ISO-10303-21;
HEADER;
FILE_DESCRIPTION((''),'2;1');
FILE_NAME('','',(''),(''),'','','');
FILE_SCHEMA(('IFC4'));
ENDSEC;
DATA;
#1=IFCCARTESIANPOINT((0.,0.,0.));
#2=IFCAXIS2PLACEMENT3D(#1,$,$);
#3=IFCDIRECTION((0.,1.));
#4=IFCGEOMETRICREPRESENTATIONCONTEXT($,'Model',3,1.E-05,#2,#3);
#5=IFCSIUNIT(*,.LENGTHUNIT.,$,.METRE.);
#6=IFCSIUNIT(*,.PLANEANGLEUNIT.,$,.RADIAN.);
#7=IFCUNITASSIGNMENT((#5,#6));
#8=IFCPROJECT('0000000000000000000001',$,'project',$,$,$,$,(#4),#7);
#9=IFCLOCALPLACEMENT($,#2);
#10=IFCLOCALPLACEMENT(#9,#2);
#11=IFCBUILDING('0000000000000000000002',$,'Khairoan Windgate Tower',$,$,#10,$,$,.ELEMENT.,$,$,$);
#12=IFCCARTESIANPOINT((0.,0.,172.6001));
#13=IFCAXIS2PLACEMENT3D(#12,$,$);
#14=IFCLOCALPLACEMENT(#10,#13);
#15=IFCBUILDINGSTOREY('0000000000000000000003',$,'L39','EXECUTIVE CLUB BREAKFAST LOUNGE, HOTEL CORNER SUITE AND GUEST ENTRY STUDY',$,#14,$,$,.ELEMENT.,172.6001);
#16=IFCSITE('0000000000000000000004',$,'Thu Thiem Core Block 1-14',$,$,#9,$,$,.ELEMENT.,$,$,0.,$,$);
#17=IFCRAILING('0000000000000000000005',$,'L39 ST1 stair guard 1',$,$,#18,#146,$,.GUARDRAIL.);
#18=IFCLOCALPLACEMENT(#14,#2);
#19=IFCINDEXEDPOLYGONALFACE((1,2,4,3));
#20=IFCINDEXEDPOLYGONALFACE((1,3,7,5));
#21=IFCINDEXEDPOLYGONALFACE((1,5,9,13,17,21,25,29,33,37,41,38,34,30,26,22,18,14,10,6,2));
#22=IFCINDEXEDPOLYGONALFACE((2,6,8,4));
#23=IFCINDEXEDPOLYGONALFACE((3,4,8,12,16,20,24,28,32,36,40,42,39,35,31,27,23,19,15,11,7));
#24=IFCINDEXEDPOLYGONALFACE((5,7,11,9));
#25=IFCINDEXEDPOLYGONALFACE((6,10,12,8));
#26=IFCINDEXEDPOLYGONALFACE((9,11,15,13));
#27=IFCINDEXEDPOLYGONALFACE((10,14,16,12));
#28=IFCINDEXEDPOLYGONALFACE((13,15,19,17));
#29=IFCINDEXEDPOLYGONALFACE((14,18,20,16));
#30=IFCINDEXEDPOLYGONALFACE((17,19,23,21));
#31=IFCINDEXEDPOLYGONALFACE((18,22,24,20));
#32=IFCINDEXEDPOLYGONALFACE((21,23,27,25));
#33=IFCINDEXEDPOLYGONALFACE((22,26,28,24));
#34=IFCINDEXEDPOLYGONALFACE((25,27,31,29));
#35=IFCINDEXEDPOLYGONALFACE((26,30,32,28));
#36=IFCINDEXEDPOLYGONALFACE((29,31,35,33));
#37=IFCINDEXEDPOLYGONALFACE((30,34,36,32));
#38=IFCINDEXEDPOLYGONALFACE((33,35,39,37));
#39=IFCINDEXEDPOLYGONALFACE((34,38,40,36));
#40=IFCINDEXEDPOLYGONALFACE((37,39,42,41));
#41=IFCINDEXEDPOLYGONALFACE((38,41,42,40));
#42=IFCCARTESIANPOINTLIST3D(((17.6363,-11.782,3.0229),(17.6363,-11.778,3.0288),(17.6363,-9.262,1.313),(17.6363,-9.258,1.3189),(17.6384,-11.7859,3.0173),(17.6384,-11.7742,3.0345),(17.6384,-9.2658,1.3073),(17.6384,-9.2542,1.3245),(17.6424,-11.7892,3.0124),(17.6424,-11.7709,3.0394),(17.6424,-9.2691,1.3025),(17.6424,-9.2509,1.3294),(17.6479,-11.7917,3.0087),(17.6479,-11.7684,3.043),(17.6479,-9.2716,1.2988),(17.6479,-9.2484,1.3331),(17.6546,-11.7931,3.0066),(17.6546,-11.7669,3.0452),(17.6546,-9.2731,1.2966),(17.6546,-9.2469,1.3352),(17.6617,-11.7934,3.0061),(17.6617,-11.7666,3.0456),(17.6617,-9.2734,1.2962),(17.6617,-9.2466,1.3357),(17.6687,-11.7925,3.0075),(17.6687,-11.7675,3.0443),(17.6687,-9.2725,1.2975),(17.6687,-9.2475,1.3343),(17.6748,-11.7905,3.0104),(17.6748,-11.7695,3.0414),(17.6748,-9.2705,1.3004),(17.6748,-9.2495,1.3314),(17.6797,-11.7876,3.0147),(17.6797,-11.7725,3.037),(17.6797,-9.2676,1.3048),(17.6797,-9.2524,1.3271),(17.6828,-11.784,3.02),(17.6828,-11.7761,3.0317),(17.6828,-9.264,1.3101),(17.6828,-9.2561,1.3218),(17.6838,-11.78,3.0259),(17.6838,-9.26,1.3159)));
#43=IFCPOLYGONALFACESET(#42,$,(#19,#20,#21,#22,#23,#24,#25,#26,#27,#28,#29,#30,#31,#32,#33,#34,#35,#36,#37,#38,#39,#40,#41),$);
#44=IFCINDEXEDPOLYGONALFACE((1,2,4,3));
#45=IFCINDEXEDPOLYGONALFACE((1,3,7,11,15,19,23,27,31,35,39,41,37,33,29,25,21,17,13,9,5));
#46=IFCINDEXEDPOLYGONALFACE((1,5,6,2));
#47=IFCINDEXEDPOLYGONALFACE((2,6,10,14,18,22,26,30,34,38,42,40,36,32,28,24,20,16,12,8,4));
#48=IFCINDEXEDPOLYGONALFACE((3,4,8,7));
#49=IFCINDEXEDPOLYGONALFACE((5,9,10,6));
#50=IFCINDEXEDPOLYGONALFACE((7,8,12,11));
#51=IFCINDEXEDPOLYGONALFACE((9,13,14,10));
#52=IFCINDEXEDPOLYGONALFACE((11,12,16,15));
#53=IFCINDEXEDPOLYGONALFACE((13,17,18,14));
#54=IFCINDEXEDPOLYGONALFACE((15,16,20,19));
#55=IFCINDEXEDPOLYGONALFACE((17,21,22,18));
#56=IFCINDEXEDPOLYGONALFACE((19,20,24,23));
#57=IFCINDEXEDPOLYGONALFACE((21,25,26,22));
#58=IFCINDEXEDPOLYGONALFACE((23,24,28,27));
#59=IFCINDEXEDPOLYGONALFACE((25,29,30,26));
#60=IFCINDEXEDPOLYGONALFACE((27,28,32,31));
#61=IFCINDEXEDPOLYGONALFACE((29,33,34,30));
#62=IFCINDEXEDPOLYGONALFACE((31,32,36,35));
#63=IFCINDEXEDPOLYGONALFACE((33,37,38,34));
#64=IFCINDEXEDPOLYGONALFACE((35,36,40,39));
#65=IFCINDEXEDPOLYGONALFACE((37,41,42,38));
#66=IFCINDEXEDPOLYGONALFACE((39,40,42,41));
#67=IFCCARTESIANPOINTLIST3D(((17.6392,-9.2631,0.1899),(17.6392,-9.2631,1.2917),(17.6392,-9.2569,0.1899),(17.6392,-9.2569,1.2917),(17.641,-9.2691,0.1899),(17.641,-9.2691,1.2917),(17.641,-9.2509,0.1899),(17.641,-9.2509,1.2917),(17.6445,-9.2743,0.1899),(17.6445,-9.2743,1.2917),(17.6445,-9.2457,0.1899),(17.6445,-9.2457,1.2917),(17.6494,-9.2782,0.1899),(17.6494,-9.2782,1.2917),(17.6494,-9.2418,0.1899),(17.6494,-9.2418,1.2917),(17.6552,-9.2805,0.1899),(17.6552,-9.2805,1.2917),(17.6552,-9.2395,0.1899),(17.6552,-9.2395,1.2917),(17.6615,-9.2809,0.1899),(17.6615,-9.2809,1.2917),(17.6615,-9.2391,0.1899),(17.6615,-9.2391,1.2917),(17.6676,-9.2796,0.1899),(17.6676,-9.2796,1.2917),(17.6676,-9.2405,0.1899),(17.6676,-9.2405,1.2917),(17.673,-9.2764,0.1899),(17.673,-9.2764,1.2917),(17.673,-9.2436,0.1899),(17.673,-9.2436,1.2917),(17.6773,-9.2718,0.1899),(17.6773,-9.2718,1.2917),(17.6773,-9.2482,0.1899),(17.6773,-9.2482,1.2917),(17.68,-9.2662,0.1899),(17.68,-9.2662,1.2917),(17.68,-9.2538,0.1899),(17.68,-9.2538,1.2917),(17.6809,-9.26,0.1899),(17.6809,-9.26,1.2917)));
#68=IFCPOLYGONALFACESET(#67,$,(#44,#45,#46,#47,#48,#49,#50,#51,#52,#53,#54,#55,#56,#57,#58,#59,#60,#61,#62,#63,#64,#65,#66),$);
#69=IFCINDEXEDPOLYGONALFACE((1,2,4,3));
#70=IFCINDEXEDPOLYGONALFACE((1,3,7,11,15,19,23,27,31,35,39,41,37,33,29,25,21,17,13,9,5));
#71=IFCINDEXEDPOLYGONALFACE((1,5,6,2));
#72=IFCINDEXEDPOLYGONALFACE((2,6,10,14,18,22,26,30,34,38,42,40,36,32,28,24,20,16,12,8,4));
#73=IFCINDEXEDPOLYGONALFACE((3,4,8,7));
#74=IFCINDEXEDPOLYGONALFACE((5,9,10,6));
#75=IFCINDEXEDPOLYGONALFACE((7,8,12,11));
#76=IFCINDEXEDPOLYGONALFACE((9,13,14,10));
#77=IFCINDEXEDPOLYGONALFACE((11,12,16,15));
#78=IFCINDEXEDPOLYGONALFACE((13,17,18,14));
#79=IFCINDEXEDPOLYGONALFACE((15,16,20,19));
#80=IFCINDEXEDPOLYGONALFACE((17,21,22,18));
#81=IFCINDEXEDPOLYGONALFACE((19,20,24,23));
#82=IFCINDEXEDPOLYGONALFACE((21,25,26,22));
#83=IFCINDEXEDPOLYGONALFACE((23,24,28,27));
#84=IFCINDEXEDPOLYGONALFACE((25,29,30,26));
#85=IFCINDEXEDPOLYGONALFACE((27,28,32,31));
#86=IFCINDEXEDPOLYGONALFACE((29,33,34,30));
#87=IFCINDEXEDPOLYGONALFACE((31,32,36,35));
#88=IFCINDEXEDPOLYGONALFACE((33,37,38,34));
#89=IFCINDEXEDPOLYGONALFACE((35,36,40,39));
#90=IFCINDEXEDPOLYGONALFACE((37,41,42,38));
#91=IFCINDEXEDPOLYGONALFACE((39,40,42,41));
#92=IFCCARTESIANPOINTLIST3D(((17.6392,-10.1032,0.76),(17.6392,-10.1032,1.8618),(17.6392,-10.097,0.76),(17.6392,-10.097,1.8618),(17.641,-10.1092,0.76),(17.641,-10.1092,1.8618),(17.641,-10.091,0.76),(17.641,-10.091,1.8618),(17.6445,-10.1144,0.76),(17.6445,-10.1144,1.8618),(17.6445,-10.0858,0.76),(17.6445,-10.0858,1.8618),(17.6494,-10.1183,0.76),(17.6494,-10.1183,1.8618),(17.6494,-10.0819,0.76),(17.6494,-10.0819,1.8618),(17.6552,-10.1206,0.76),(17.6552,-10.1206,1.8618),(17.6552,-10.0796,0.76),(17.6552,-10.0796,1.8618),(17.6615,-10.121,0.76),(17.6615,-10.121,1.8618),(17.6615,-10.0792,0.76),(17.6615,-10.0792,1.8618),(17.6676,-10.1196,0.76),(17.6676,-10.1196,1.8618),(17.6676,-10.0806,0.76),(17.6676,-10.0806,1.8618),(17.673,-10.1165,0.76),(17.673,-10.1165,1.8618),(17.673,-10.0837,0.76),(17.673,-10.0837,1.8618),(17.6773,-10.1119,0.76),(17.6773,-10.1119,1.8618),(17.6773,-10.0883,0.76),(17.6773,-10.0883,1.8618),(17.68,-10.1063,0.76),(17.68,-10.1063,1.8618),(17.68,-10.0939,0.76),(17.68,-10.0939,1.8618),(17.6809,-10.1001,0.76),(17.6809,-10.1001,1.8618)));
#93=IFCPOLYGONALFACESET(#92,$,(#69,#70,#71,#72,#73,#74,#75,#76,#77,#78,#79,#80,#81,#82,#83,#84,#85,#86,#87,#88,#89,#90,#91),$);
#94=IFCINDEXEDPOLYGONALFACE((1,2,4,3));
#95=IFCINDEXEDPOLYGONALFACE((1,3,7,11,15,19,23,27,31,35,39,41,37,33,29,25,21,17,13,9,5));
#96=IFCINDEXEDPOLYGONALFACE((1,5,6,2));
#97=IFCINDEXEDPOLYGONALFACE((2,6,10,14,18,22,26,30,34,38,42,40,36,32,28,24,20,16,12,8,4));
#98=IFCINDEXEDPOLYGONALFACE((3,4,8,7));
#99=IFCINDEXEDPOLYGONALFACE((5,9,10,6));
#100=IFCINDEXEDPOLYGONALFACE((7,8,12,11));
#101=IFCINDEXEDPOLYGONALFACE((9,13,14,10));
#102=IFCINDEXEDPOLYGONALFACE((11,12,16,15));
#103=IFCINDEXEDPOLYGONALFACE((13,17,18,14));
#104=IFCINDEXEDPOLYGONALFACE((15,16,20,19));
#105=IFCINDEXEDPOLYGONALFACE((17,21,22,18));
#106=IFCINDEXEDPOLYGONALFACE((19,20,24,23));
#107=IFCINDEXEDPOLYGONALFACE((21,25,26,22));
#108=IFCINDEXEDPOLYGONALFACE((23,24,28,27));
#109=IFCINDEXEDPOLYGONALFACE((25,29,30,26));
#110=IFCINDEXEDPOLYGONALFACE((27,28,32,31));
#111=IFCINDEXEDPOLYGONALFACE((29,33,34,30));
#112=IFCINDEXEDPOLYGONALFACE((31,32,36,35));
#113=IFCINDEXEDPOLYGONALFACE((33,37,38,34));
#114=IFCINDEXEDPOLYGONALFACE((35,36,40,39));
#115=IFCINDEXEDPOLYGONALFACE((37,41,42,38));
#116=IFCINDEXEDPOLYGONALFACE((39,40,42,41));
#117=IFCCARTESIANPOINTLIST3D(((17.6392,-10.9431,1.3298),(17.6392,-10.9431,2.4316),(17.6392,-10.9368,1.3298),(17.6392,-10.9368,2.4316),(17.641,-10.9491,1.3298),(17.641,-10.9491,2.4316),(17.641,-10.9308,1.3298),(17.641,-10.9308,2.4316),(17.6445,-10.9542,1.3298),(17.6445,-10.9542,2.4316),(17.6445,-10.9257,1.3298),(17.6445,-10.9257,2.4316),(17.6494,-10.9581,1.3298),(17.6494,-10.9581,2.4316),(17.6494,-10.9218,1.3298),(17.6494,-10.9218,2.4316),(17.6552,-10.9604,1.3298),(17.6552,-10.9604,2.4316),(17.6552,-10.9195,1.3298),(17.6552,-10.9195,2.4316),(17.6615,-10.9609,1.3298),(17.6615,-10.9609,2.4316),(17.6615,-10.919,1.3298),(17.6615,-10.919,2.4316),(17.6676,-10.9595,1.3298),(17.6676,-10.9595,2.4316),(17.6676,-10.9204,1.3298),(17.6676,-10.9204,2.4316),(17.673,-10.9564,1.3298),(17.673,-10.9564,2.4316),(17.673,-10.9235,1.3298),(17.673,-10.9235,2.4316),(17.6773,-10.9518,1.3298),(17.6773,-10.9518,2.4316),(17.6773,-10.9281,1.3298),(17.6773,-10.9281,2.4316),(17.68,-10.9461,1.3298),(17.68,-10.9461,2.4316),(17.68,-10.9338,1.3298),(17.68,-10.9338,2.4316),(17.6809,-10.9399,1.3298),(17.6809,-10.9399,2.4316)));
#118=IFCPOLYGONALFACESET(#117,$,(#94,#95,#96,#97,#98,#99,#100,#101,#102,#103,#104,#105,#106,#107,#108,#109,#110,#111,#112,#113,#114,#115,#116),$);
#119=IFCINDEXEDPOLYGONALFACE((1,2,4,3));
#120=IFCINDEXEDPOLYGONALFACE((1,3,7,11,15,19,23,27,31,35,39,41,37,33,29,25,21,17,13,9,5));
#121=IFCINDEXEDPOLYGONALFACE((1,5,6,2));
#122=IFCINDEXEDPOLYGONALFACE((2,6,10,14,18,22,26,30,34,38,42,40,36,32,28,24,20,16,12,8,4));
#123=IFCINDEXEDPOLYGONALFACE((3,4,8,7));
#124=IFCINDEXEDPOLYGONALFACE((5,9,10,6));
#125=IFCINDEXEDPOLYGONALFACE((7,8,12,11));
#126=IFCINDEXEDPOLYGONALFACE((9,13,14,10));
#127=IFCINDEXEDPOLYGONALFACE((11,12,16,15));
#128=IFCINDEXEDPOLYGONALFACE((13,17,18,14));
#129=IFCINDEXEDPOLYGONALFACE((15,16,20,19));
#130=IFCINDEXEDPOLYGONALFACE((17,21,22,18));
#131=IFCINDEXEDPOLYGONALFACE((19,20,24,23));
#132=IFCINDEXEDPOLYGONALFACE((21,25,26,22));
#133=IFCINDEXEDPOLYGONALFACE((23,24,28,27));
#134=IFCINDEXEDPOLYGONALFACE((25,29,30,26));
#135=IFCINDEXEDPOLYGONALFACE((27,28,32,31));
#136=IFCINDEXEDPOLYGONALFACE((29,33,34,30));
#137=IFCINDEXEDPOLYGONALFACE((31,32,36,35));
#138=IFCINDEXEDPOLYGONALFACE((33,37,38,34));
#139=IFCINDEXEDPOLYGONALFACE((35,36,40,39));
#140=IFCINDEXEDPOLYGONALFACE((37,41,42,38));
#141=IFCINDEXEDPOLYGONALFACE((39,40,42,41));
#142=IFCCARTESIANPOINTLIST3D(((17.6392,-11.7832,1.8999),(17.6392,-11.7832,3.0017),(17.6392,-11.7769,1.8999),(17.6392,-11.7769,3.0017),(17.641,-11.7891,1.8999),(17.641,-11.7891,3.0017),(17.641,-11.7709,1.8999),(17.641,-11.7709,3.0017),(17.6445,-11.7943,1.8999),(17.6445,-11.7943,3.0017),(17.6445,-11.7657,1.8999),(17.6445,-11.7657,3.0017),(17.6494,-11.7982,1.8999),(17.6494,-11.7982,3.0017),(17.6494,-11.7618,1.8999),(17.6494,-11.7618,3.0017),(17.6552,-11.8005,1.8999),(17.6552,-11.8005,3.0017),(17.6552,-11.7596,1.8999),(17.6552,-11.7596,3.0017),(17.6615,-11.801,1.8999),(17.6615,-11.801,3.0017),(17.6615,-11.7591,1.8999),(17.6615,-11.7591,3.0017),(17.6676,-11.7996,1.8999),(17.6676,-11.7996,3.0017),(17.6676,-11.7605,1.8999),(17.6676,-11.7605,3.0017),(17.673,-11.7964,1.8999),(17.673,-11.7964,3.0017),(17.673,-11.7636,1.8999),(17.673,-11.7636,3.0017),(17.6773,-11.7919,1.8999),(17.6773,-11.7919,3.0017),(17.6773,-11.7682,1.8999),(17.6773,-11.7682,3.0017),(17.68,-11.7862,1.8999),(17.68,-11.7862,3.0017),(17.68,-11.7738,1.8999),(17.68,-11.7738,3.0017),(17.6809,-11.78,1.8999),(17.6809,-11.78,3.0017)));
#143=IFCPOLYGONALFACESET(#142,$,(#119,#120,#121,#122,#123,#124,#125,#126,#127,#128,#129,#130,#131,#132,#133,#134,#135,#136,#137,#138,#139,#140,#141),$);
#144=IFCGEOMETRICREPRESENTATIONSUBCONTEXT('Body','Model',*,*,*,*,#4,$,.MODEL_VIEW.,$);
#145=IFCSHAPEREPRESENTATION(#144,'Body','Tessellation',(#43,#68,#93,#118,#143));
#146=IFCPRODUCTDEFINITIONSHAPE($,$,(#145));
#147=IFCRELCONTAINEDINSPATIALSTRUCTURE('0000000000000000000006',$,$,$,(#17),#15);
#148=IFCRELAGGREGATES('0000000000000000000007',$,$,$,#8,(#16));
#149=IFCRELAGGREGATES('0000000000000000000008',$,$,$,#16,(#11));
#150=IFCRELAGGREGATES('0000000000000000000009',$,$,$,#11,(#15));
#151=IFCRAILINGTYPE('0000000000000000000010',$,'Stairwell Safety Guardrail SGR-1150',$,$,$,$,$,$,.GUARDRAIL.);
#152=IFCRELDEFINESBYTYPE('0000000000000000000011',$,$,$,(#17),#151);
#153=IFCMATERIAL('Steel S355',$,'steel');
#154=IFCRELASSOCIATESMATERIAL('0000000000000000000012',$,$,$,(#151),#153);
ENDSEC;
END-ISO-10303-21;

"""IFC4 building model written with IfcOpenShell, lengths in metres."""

from ifc_helpers import new_model, si_unit, direction, frame, origin, origin_2d, place, context, subcontext, project, spatial, circle, extrude, material, type_object, element, save


model = new_model("IFC4")

# Units and contexts
model_context = context("Model", 3, precision=1e-05, world=origin(), true_north=direction((0.0, 1.0)))
body_context = subcontext(model_context, "Body", "Model", "MODEL_VIEW")
ifc_project = project(units=[si_unit("LENGTHUNIT", "METRE"), si_unit("PLANEANGLEUNIT", "RADIAN")], contexts=[model_context])

# Site, building, storey
site_placement = place(None, origin())
site = spatial("IfcSite", under=ifc_project, at=site_placement, Name="Thu Thiem Core Block 1-14", CompositionType="ELEMENT", RefElevation=0.0)
building_placement = place(site_placement, origin())
building = spatial("IfcBuilding", under=site, at=building_placement, Name="Khairoan Windgate Tower", CompositionType="ELEMENT")
storey_placement = place(building_placement, frame((0.0, 0.0, 172.6001)))
storey = spatial("IfcBuildingStorey", under=building, at=storey_placement, Name="L39", Description="EXECUTIVE CLUB BREAKFAST LOUNGE, HOTEL CORNER SUITE AND GUEST ENTRY STUDY", CompositionType="ELEMENT", Elevation=172.6001)

# Railing
ifc_material_1 = material(Name="Steel S355", Category="steel")
railing_type_1 = type_object("IfcRailingType", Name="Stairwell Safety Guardrail SGR-1150", PredefinedType="GUARDRAIL", material=ifc_material_1)
railing_1_placement = place(storey_placement, frame((17.6599, -9.26, 0.1899)))
element("IfcRailing", 1, at=railing_1_placement, inside=storey, type_object=railing_type_1, Name="L39 ST1 stair guard 1", PredefinedType="GUARDRAIL", context=body_context, shape_type="SweptSolid", body=[
    extrude(circle(Radius=0.0239, at=origin_2d()), frame((0.0, 0.0, 1.126), z_axis=(0.0, -0.827484, 0.56149), x_axis=(1.0, 0.0, 0.0)), (0.0, 0.0, 1.0), 3.0454),
    extrude(circle(Radius=0.021, at=origin_2d()), origin(), (0.0, 0.0, 1.0), 1.1018),
    extrude(circle(Radius=0.021, at=origin_2d()), frame((0.0, -0.8401, 0.5701)), (0.0, 0.0, 1.0), 1.1018),
    extrude(circle(Radius=0.021, at=origin_2d()), frame((0.0, -1.6799, 1.1399)), (0.0, 0.0, 1.0), 1.1018),
    extrude(circle(Radius=0.021, at=origin_2d()), frame((0.0, -2.52, 1.71)), (0.0, 0.0, 1.0), 1.1018),
])

save(model, "model.ifc")
